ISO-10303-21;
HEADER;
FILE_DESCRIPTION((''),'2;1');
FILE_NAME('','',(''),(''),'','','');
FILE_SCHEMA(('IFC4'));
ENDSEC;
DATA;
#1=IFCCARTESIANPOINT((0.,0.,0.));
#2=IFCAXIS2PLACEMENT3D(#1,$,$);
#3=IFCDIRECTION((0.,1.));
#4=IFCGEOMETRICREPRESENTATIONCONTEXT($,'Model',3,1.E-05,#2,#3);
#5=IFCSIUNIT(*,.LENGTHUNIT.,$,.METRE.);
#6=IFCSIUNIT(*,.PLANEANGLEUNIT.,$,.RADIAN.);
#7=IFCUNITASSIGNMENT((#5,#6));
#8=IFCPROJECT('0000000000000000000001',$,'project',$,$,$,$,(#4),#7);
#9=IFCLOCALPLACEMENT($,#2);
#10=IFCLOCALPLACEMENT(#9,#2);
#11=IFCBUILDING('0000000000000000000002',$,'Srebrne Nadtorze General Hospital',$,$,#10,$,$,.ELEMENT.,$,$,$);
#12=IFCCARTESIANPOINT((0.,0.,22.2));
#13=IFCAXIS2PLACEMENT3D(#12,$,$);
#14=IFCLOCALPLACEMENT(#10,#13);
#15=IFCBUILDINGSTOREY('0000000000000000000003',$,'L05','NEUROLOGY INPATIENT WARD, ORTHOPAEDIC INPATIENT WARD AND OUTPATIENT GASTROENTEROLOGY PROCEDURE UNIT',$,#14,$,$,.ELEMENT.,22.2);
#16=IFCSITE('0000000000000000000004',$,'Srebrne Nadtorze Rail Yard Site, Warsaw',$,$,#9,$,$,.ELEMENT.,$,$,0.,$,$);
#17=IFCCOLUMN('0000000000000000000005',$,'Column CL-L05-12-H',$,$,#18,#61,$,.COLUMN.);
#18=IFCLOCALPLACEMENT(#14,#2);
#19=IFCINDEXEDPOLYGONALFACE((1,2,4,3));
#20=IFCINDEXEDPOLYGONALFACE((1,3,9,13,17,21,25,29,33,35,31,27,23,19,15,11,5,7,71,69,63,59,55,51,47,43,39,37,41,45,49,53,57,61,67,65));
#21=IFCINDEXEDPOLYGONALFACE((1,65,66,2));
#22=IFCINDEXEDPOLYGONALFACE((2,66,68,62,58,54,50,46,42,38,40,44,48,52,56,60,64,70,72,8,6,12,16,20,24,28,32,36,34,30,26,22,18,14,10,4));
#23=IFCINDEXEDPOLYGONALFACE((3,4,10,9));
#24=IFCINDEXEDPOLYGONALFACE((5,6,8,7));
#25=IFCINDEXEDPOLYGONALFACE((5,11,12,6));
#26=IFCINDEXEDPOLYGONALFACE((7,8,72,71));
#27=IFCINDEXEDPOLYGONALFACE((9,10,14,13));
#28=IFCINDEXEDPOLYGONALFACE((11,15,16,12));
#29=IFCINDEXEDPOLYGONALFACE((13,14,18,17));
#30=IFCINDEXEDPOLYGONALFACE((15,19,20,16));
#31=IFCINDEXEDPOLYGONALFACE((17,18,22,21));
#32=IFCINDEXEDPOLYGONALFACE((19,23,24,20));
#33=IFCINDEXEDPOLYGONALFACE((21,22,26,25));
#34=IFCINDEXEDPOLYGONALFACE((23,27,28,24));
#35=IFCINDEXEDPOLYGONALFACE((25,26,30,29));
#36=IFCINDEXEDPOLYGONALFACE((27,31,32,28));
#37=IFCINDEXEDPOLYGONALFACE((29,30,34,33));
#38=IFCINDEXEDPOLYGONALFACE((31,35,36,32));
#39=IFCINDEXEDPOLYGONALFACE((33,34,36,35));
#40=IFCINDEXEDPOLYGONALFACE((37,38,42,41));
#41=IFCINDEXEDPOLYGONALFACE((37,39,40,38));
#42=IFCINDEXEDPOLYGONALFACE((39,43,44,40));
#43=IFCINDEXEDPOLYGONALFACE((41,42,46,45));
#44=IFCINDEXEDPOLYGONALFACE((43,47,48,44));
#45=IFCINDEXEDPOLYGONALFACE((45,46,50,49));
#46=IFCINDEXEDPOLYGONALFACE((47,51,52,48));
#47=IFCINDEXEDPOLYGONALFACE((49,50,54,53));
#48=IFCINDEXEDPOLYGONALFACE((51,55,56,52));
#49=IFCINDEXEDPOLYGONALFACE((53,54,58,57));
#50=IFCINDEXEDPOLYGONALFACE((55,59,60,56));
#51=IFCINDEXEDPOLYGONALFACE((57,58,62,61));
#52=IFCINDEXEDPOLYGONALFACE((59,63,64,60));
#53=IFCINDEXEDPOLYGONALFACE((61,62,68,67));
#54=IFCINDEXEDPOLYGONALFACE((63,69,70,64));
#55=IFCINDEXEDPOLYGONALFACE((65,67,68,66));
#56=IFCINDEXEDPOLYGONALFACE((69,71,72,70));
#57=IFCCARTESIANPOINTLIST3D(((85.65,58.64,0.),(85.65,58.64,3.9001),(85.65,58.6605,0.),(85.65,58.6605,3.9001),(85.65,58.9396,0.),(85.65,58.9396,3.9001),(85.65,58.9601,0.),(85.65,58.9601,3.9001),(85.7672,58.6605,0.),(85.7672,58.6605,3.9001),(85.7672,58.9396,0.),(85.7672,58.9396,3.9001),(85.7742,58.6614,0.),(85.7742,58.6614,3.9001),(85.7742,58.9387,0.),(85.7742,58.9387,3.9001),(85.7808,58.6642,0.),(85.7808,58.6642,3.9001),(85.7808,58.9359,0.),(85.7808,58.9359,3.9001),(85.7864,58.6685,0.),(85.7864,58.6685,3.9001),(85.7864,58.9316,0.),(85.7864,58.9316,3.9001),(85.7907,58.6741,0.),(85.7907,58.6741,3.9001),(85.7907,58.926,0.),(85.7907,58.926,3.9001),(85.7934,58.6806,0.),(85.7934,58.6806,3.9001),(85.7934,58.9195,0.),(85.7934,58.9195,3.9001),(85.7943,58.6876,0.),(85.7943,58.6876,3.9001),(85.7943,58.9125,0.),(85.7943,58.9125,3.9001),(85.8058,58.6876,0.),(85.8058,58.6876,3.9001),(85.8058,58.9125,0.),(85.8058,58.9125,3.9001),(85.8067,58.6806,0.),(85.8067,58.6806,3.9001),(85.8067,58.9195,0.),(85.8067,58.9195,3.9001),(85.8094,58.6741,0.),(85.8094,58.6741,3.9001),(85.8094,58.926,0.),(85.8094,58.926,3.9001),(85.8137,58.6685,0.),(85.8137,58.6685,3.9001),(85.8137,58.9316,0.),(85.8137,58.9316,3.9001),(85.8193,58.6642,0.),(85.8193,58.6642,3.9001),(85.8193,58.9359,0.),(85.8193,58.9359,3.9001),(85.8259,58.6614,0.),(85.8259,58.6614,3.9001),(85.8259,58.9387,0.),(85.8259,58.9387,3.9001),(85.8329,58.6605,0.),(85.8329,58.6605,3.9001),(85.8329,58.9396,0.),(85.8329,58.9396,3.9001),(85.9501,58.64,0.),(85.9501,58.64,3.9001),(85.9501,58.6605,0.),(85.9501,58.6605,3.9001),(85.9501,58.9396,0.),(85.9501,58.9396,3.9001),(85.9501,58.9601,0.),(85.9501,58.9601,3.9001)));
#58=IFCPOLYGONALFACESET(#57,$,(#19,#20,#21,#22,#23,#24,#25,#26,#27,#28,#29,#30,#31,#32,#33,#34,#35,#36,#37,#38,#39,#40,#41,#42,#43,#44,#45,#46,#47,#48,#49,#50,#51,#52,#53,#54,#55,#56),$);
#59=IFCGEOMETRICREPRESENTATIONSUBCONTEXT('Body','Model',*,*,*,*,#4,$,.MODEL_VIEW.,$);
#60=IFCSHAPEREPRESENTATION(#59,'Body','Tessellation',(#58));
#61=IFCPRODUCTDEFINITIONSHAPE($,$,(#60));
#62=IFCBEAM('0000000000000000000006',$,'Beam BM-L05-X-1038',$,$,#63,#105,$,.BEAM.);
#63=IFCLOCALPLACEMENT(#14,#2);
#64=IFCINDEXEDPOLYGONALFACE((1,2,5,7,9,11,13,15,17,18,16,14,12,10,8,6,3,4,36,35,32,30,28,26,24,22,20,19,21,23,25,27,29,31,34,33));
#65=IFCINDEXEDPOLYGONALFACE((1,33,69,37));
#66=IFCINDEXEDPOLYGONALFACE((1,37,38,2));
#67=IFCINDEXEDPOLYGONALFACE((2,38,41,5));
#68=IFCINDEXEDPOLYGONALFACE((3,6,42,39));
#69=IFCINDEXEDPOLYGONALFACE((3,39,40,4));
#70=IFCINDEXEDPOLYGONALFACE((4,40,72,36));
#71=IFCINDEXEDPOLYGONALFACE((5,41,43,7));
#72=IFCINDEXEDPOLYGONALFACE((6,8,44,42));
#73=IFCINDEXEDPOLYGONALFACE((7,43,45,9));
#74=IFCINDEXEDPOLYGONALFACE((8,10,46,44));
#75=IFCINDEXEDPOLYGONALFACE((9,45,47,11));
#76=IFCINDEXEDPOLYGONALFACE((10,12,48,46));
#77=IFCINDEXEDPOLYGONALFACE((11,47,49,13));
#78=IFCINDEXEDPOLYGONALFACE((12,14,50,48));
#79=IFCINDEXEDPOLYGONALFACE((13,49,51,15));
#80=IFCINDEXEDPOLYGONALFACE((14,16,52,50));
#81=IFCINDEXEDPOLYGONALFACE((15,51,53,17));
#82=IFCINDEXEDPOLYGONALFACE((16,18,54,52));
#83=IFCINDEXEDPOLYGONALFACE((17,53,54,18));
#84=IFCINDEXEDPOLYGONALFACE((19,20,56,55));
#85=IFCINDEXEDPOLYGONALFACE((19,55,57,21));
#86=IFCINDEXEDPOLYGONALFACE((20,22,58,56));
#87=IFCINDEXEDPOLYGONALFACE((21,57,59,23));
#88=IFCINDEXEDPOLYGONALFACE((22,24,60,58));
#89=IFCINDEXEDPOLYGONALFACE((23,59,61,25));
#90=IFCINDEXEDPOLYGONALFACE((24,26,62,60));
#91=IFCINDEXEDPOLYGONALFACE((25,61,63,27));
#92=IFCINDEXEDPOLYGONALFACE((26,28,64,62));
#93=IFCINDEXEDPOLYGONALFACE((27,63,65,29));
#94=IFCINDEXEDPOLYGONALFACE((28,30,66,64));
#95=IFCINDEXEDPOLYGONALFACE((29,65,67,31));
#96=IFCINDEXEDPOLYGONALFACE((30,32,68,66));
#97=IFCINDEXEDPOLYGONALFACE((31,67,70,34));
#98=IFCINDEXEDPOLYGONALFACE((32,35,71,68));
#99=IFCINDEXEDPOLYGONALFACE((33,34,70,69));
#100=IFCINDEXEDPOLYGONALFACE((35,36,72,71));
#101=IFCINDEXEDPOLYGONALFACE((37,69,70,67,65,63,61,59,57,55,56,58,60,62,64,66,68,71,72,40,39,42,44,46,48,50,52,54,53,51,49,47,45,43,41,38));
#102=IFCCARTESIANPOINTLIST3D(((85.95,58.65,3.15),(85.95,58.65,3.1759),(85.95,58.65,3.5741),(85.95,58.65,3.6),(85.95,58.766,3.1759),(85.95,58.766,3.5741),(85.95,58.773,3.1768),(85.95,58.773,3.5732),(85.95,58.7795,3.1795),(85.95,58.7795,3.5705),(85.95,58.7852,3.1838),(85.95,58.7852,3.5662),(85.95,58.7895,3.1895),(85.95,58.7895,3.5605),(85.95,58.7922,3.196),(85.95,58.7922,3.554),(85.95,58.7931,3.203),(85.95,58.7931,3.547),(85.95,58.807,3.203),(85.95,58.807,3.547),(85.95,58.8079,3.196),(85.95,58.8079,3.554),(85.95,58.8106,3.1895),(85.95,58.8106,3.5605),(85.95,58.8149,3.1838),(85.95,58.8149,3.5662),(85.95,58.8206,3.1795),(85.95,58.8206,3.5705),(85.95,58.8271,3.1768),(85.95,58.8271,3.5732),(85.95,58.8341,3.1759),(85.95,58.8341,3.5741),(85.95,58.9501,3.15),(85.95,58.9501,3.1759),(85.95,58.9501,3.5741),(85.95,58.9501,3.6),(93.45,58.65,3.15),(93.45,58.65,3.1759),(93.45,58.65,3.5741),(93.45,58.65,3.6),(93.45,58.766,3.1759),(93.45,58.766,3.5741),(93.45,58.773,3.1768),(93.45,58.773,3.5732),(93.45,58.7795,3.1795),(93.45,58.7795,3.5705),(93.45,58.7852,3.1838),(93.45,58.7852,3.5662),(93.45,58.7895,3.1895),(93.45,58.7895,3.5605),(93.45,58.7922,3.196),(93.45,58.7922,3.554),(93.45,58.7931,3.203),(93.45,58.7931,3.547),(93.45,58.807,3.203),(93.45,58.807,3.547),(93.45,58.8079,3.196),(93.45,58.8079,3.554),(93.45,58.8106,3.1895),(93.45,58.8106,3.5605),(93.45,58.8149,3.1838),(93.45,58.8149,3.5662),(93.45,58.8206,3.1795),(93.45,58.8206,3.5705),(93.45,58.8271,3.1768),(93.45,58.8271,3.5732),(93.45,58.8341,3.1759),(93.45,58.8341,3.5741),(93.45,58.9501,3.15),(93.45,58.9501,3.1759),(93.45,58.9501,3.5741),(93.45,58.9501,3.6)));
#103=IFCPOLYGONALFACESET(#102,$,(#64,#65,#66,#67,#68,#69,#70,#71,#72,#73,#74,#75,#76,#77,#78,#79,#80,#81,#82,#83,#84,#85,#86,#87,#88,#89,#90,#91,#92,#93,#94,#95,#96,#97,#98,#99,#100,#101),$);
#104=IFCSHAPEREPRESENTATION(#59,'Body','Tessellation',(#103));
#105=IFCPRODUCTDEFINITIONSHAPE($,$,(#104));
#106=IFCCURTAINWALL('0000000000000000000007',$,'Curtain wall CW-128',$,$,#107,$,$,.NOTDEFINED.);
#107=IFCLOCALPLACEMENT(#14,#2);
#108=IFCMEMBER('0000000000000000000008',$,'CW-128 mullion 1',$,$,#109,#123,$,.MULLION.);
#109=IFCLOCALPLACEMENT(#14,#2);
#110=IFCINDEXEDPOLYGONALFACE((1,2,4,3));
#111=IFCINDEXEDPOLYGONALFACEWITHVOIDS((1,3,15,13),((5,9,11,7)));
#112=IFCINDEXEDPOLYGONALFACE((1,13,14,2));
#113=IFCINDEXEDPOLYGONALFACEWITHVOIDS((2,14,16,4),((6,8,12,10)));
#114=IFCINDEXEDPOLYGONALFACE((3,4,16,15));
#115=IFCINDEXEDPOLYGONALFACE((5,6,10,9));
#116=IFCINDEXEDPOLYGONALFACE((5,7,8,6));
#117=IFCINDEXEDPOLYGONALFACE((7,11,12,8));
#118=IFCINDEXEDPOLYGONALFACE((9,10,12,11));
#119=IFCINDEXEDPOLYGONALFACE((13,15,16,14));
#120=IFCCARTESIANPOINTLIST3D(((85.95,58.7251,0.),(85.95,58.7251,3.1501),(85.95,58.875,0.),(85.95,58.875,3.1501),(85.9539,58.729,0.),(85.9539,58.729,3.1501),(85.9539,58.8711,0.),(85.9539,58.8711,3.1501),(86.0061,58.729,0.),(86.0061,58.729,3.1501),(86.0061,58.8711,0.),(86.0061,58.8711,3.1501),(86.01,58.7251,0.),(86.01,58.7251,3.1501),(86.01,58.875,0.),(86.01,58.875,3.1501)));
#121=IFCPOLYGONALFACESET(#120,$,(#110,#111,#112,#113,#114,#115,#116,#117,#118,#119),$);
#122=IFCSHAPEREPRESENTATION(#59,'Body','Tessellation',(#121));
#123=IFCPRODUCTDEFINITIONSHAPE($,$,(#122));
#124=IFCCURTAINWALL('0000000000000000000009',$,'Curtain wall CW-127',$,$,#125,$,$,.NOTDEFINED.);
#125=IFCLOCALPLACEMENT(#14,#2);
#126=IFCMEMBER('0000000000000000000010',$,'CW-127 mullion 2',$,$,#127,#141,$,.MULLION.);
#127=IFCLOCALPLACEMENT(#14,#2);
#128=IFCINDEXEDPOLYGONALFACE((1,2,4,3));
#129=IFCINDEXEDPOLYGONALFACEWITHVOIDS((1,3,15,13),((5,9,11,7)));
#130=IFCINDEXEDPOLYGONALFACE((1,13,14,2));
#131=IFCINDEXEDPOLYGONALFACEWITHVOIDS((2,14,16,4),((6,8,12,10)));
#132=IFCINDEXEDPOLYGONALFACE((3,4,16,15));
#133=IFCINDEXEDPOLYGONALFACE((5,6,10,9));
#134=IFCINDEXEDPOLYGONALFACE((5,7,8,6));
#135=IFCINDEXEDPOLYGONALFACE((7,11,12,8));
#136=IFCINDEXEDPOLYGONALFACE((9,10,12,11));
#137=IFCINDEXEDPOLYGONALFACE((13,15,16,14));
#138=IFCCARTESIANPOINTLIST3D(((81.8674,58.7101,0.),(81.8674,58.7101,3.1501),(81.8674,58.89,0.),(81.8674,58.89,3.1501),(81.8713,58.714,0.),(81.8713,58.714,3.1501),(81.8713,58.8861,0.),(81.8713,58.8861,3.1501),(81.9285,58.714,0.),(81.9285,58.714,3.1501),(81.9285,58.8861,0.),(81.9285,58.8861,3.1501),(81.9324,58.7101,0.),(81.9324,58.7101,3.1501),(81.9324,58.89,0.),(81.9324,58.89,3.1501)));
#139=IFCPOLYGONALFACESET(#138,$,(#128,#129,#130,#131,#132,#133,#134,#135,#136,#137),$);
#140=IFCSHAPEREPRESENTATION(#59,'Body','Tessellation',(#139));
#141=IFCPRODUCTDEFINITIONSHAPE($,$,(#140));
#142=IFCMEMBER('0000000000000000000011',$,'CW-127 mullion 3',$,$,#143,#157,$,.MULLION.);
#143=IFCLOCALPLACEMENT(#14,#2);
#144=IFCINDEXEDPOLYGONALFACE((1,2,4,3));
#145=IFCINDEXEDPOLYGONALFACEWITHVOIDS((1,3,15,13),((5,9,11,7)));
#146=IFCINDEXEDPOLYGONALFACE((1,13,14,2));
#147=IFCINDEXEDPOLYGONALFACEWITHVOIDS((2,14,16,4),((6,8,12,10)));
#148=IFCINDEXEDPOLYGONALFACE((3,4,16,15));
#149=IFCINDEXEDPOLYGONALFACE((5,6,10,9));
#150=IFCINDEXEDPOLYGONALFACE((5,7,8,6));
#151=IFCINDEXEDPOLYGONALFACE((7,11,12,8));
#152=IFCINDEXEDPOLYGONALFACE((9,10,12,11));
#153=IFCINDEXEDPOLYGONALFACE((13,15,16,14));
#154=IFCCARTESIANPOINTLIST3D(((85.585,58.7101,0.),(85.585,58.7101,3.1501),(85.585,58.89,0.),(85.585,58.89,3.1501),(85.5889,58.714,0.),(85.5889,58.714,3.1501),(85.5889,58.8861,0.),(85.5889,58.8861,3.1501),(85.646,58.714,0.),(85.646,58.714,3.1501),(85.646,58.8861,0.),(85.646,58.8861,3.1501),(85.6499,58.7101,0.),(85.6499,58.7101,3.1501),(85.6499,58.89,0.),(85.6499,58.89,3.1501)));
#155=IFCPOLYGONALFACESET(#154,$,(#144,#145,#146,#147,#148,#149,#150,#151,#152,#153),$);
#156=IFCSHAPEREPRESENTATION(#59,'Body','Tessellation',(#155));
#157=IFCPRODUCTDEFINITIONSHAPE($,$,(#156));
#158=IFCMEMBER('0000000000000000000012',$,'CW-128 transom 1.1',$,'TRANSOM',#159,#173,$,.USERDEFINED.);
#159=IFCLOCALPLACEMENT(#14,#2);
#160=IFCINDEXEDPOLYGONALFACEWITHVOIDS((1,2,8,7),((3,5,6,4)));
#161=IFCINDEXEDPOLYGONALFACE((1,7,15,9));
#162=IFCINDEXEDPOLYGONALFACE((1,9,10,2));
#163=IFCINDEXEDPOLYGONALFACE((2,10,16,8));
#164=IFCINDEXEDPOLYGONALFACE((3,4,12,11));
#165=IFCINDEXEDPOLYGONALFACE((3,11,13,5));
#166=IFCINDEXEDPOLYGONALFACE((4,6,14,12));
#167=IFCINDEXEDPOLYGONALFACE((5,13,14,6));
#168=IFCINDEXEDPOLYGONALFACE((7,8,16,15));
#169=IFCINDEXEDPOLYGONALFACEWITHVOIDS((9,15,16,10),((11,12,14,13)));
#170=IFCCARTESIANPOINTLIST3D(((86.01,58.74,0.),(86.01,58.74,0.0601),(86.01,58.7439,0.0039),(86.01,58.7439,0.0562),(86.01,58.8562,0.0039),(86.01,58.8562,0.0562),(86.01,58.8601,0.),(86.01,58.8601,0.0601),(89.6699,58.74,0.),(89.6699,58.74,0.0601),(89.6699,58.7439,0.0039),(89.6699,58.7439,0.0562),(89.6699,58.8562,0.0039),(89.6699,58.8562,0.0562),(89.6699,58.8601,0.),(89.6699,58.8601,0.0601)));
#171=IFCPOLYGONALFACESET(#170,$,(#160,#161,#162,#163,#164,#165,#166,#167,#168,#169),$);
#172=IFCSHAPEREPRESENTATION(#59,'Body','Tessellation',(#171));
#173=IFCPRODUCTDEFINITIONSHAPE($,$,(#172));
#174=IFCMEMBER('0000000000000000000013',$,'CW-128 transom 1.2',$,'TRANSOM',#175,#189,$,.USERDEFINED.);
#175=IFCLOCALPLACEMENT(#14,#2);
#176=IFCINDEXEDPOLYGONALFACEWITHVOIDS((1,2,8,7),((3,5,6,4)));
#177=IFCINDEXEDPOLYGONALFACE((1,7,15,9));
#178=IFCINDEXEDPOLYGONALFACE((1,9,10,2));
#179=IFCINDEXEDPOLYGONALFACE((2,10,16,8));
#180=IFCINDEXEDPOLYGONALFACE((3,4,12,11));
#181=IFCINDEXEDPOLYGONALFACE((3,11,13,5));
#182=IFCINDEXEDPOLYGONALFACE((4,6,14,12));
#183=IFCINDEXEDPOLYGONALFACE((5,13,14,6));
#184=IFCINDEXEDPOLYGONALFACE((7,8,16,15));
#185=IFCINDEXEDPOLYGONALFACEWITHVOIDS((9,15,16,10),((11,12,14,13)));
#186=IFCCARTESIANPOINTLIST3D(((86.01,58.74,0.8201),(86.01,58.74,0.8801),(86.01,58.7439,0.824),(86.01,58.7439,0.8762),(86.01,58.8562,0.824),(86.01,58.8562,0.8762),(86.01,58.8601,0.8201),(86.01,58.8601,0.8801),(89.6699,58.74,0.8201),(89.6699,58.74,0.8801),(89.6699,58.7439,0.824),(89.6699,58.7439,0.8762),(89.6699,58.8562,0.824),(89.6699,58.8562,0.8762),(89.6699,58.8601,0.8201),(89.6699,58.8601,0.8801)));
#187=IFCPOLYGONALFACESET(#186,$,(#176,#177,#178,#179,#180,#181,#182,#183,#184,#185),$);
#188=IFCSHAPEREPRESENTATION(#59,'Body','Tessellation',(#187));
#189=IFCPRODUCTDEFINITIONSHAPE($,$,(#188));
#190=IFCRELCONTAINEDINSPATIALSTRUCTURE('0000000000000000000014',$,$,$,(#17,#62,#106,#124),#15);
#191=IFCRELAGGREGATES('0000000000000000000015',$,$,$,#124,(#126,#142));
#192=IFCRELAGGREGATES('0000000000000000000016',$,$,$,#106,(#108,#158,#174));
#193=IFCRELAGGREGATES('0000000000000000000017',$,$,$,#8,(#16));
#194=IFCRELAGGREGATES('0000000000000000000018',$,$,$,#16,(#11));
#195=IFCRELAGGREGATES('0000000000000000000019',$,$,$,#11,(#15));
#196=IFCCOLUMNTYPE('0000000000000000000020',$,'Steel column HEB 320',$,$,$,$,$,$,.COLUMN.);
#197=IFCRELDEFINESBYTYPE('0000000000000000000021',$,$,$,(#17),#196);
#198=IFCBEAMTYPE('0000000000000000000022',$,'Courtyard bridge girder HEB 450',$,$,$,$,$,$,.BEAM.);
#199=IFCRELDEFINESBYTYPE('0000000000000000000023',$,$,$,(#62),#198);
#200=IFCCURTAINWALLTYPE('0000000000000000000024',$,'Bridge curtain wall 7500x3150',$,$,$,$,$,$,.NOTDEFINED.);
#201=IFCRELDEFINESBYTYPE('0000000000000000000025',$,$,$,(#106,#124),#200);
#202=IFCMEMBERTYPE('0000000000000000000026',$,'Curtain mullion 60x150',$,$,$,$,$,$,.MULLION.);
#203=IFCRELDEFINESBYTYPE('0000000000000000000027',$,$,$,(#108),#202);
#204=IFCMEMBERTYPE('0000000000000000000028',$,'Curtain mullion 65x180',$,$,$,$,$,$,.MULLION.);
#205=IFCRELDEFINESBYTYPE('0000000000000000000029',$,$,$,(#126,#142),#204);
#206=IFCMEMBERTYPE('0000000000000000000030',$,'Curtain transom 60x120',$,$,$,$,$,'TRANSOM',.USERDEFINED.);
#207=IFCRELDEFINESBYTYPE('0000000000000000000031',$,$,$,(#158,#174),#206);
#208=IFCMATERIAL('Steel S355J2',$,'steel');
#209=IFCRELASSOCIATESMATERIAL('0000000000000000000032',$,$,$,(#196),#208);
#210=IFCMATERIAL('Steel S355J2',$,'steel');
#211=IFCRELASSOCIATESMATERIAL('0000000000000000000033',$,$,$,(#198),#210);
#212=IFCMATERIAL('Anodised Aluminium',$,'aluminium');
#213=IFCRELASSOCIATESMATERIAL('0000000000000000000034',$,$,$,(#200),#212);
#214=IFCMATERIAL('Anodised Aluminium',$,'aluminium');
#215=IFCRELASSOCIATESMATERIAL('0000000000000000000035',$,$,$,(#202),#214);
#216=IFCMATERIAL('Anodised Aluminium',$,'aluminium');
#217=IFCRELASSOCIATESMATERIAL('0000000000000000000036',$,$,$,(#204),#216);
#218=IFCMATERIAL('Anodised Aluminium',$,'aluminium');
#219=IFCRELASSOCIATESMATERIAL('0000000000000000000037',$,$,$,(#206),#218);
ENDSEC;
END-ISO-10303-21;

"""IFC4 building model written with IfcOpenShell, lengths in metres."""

from ifc_helpers import new_model, si_unit, direction, frame, origin, origin_2d, place, context, subcontext, project, spatial, hollow_rectangle, i_section, extrude, material, material_profile, profile_set, type_object, element, aggregate, save


model = new_model("IFC4")

# Units and contexts
model_context = context("Model", 3, precision=1e-05, world=origin(), true_north=direction((0.0, 1.0)))
body_context = subcontext(model_context, "Body", "Model", "MODEL_VIEW")
ifc_project = project(units=[si_unit("LENGTHUNIT", "METRE"), si_unit("PLANEANGLEUNIT", "RADIAN")], contexts=[model_context])

# Site, building, storey
site_placement = place(None, origin())
site = spatial("IfcSite", under=ifc_project, at=site_placement, Name="Srebrne Nadtorze Rail Yard Site, Warsaw", CompositionType="ELEMENT", RefElevation=0.0)
building_placement = place(site_placement, origin())
building = spatial("IfcBuilding", under=site, at=building_placement, Name="Srebrne Nadtorze General Hospital", CompositionType="ELEMENT")
storey_placement = place(building_placement, frame((0.0, 0.0, 22.2)))
storey = spatial("IfcBuildingStorey", under=building, at=storey_placement, Name="L05", Description="NEUROLOGY INPATIENT WARD, ORTHOPAEDIC INPATIENT WARD AND OUTPATIENT GASTROENTEROLOGY PROCEDURE UNIT", CompositionType="ELEMENT", Elevation=22.2)

# Column
ifc_material_1 = material(Name="Steel S355J2", Category="steel")
ifc_material_profile_1 = material_profile(ifc_material_1, i_section(OverallWidth=0.3, OverallDepth=0.3201, WebThickness=0.0115, FlangeThickness=0.0205, FilletRadius=0.0271, at=origin_2d()), Name="HEB-320")
ifc_profile_set_1 = profile_set([ifc_material_profile_1], Name="Steel S355J2")
column_type = type_object("IfcColumnType", Name="Steel column HEB 320", PredefinedType="COLUMN", material=ifc_profile_set_1)
column_placement = place(storey_placement, frame((85.8, 58.8, 0.0), z_axis=(0.0, 0.0, 1.0), x_axis=(1.0, 0.0, 0.0)))
element("IfcColumn", 1, at=column_placement, inside=storey, type_object=column_type, Name="Column CL-L05-12-H", PredefinedType="COLUMN", context=body_context, shape_type="SweptSolid", body=[
    extrude(i_section(OverallWidth=0.3, OverallDepth=0.3201, WebThickness=0.0115, FlangeThickness=0.0205, FilletRadius=0.0271, at=origin_2d()), origin(), (0.0, 0.0, 1.0), 3.9001),
])

# Beam
ifc_material_2 = material(Name="Steel S355J2", Category="steel")
ifc_material_profile_2 = material_profile(ifc_material_2, i_section(OverallWidth=0.3, OverallDepth=0.45, WebThickness=0.0139, FlangeThickness=0.0259, FilletRadius=0.0271, at=origin_2d()), Name="HEB-450")
ifc_profile_set_2 = profile_set([ifc_material_profile_2], Name="Steel S355J2")
beam_type = type_object("IfcBeamType", Name="Courtyard bridge girder HEB 450", PredefinedType="BEAM", material=ifc_profile_set_2)
beam_placement = place(storey_placement, frame((85.95, 58.8, 3.375), z_axis=(1.0, 0.0, 0.0), x_axis=(0.0, 1.0, 0.0)))
element("IfcBeam", 2, at=beam_placement, inside=storey, type_object=beam_type, Name="Beam BM-L05-X-1038", PredefinedType="BEAM", context=body_context, shape_type="SweptSolid", body=[
    extrude(i_section(OverallWidth=0.3, OverallDepth=0.45, WebThickness=0.0139, FlangeThickness=0.0259, FilletRadius=0.0271, at=origin_2d()), origin(), (0.0, 0.0, 1.0), 7.5),
])

# Curtain wall, member
ifc_material_3 = material(Name="Anodised Aluminium", Category="aluminium")
curtain_wall_type = type_object("IfcCurtainWallType", Name="Bridge curtain wall 7500x3150", PredefinedType="NOTDEFINED", material=ifc_material_3)
curtain_wall_1_placement = place(storey_placement, origin())
curtain_wall_1 = element("IfcCurtainWall", 3, at=curtain_wall_1_placement, inside=storey, type_object=curtain_wall_type, Name="Curtain wall CW-128", PredefinedType="NOTDEFINED")
ifc_material_4 = material(Name="Anodised Aluminium", Category="aluminium")
ifc_material_profile_3 = material_profile(ifc_material_4, hollow_rectangle(XDim=0.0601, YDim=0.1499, WallThickness=0.0039, at=origin_2d()), Name="AL-MUL-60x150")
ifc_profile_set_3 = profile_set([ifc_material_profile_3], Name="Anodised Aluminium")
member_type_1 = type_object("IfcMemberType", Name="Curtain mullion 60x150", PredefinedType="MULLION", material=ifc_profile_set_3)
member_1_placement = place(storey_placement, frame((85.98, 58.8, 0.0), z_axis=(0.0, 0.0, 1.0), x_axis=(1.0, 0.0, 0.0)))
member_1 = element("IfcMember", 4, at=member_1_placement, type_object=member_type_1, Name="CW-128 mullion 1", PredefinedType="MULLION", context=body_context, shape_type="SweptSolid", body=[
    extrude(hollow_rectangle(XDim=0.0601, YDim=0.1499, WallThickness=0.0039, at=origin_2d()), origin(), (0.0, 0.0, 1.0), 3.1501),
])

# Curtain wall, members
curtain_wall_2_placement = place(storey_placement, origin())
curtain_wall_2 = element("IfcCurtainWall", 5, at=curtain_wall_2_placement, inside=storey, type_object=curtain_wall_type, Name="Curtain wall CW-127", PredefinedType="NOTDEFINED")
ifc_material_5 = material(Name="Anodised Aluminium", Category="aluminium")
ifc_material_profile_4 = material_profile(ifc_material_5, hollow_rectangle(XDim=0.0649, YDim=0.1799, WallThickness=0.0039, at=origin_2d()), Name="AL-MUL-65x180")
ifc_profile_set_4 = profile_set([ifc_material_profile_4], Name="Anodised Aluminium")
member_type_2 = type_object("IfcMemberType", Name="Curtain mullion 65x180", PredefinedType="MULLION", material=ifc_profile_set_4)
member_2_placement = place(storey_placement, frame((81.8999, 58.8, 0.0), z_axis=(0.0, 0.0, 1.0), x_axis=(1.0, 0.0, 0.0)))
member_2 = element("IfcMember", 6, at=member_2_placement, type_object=member_type_2, Name="CW-127 mullion 2", PredefinedType="MULLION", context=body_context, shape_type="SweptSolid", body=[
    extrude(hollow_rectangle(XDim=0.0649, YDim=0.1799, WallThickness=0.0039, at=origin_2d()), origin(), (0.0, 0.0, 1.0), 3.1501),
])
member_3_placement = place(storey_placement, frame((85.6174, 58.8, 0.0), z_axis=(0.0, 0.0, 1.0), x_axis=(1.0, 0.0, 0.0)))
member_3 = element("IfcMember", 7, at=member_3_placement, type_object=member_type_2, Name="CW-127 mullion 3", PredefinedType="MULLION", context=body_context, shape_type="SweptSolid", body=[
    extrude(hollow_rectangle(XDim=0.0649, YDim=0.1799, WallThickness=0.0039, at=origin_2d()), origin(), (0.0, 0.0, 1.0), 3.1501),
])

# Members
ifc_material_6 = material(Name="Anodised Aluminium", Category="aluminium")
ifc_material_profile_5 = material_profile(ifc_material_6, hollow_rectangle(XDim=0.0601, YDim=0.1201, WallThickness=0.0039, at=origin_2d()), Name="AL-TRN-60x120")
ifc_profile_set_5 = profile_set([ifc_material_profile_5], Name="Anodised Aluminium")
member_type_3 = type_object("IfcMemberType", Name="Curtain transom 60x120", ElementType="TRANSOM", PredefinedType="USERDEFINED", material=ifc_profile_set_5)
member_4_placement = place(storey_placement, frame((86.01, 58.8, 0.03), z_axis=(1.0, 0.0, 0.0), x_axis=(0.0, 0.0, 1.0)))
member_4 = element("IfcMember", 8, at=member_4_placement, type_object=member_type_3, Name="CW-128 transom 1.1", ObjectType="TRANSOM", PredefinedType="USERDEFINED", context=body_context, shape_type="SweptSolid", body=[
    extrude(hollow_rectangle(XDim=0.0601, YDim=0.1201, WallThickness=0.0039, at=origin_2d()), origin(), (0.0, 0.0, 1.0), 3.6599),
])
member_5_placement = place(storey_placement, frame((86.01, 58.8, 0.8501), z_axis=(1.0, 0.0, 0.0), x_axis=(0.0, 0.0, 1.0)))
member_5 = element("IfcMember", 9, at=member_5_placement, type_object=member_type_3, Name="CW-128 transom 1.2", ObjectType="TRANSOM", PredefinedType="USERDEFINED", context=body_context, shape_type="SweptSolid", body=[
    extrude(hollow_rectangle(XDim=0.0601, YDim=0.1201, WallThickness=0.0039, at=origin_2d()), origin(), (0.0, 0.0, 1.0), 3.6599),
])

aggregate(curtain_wall_2, [member_2, member_3])
aggregate(curtain_wall_1, [member_1, member_4, member_5])

save(model, "model.ifc")
